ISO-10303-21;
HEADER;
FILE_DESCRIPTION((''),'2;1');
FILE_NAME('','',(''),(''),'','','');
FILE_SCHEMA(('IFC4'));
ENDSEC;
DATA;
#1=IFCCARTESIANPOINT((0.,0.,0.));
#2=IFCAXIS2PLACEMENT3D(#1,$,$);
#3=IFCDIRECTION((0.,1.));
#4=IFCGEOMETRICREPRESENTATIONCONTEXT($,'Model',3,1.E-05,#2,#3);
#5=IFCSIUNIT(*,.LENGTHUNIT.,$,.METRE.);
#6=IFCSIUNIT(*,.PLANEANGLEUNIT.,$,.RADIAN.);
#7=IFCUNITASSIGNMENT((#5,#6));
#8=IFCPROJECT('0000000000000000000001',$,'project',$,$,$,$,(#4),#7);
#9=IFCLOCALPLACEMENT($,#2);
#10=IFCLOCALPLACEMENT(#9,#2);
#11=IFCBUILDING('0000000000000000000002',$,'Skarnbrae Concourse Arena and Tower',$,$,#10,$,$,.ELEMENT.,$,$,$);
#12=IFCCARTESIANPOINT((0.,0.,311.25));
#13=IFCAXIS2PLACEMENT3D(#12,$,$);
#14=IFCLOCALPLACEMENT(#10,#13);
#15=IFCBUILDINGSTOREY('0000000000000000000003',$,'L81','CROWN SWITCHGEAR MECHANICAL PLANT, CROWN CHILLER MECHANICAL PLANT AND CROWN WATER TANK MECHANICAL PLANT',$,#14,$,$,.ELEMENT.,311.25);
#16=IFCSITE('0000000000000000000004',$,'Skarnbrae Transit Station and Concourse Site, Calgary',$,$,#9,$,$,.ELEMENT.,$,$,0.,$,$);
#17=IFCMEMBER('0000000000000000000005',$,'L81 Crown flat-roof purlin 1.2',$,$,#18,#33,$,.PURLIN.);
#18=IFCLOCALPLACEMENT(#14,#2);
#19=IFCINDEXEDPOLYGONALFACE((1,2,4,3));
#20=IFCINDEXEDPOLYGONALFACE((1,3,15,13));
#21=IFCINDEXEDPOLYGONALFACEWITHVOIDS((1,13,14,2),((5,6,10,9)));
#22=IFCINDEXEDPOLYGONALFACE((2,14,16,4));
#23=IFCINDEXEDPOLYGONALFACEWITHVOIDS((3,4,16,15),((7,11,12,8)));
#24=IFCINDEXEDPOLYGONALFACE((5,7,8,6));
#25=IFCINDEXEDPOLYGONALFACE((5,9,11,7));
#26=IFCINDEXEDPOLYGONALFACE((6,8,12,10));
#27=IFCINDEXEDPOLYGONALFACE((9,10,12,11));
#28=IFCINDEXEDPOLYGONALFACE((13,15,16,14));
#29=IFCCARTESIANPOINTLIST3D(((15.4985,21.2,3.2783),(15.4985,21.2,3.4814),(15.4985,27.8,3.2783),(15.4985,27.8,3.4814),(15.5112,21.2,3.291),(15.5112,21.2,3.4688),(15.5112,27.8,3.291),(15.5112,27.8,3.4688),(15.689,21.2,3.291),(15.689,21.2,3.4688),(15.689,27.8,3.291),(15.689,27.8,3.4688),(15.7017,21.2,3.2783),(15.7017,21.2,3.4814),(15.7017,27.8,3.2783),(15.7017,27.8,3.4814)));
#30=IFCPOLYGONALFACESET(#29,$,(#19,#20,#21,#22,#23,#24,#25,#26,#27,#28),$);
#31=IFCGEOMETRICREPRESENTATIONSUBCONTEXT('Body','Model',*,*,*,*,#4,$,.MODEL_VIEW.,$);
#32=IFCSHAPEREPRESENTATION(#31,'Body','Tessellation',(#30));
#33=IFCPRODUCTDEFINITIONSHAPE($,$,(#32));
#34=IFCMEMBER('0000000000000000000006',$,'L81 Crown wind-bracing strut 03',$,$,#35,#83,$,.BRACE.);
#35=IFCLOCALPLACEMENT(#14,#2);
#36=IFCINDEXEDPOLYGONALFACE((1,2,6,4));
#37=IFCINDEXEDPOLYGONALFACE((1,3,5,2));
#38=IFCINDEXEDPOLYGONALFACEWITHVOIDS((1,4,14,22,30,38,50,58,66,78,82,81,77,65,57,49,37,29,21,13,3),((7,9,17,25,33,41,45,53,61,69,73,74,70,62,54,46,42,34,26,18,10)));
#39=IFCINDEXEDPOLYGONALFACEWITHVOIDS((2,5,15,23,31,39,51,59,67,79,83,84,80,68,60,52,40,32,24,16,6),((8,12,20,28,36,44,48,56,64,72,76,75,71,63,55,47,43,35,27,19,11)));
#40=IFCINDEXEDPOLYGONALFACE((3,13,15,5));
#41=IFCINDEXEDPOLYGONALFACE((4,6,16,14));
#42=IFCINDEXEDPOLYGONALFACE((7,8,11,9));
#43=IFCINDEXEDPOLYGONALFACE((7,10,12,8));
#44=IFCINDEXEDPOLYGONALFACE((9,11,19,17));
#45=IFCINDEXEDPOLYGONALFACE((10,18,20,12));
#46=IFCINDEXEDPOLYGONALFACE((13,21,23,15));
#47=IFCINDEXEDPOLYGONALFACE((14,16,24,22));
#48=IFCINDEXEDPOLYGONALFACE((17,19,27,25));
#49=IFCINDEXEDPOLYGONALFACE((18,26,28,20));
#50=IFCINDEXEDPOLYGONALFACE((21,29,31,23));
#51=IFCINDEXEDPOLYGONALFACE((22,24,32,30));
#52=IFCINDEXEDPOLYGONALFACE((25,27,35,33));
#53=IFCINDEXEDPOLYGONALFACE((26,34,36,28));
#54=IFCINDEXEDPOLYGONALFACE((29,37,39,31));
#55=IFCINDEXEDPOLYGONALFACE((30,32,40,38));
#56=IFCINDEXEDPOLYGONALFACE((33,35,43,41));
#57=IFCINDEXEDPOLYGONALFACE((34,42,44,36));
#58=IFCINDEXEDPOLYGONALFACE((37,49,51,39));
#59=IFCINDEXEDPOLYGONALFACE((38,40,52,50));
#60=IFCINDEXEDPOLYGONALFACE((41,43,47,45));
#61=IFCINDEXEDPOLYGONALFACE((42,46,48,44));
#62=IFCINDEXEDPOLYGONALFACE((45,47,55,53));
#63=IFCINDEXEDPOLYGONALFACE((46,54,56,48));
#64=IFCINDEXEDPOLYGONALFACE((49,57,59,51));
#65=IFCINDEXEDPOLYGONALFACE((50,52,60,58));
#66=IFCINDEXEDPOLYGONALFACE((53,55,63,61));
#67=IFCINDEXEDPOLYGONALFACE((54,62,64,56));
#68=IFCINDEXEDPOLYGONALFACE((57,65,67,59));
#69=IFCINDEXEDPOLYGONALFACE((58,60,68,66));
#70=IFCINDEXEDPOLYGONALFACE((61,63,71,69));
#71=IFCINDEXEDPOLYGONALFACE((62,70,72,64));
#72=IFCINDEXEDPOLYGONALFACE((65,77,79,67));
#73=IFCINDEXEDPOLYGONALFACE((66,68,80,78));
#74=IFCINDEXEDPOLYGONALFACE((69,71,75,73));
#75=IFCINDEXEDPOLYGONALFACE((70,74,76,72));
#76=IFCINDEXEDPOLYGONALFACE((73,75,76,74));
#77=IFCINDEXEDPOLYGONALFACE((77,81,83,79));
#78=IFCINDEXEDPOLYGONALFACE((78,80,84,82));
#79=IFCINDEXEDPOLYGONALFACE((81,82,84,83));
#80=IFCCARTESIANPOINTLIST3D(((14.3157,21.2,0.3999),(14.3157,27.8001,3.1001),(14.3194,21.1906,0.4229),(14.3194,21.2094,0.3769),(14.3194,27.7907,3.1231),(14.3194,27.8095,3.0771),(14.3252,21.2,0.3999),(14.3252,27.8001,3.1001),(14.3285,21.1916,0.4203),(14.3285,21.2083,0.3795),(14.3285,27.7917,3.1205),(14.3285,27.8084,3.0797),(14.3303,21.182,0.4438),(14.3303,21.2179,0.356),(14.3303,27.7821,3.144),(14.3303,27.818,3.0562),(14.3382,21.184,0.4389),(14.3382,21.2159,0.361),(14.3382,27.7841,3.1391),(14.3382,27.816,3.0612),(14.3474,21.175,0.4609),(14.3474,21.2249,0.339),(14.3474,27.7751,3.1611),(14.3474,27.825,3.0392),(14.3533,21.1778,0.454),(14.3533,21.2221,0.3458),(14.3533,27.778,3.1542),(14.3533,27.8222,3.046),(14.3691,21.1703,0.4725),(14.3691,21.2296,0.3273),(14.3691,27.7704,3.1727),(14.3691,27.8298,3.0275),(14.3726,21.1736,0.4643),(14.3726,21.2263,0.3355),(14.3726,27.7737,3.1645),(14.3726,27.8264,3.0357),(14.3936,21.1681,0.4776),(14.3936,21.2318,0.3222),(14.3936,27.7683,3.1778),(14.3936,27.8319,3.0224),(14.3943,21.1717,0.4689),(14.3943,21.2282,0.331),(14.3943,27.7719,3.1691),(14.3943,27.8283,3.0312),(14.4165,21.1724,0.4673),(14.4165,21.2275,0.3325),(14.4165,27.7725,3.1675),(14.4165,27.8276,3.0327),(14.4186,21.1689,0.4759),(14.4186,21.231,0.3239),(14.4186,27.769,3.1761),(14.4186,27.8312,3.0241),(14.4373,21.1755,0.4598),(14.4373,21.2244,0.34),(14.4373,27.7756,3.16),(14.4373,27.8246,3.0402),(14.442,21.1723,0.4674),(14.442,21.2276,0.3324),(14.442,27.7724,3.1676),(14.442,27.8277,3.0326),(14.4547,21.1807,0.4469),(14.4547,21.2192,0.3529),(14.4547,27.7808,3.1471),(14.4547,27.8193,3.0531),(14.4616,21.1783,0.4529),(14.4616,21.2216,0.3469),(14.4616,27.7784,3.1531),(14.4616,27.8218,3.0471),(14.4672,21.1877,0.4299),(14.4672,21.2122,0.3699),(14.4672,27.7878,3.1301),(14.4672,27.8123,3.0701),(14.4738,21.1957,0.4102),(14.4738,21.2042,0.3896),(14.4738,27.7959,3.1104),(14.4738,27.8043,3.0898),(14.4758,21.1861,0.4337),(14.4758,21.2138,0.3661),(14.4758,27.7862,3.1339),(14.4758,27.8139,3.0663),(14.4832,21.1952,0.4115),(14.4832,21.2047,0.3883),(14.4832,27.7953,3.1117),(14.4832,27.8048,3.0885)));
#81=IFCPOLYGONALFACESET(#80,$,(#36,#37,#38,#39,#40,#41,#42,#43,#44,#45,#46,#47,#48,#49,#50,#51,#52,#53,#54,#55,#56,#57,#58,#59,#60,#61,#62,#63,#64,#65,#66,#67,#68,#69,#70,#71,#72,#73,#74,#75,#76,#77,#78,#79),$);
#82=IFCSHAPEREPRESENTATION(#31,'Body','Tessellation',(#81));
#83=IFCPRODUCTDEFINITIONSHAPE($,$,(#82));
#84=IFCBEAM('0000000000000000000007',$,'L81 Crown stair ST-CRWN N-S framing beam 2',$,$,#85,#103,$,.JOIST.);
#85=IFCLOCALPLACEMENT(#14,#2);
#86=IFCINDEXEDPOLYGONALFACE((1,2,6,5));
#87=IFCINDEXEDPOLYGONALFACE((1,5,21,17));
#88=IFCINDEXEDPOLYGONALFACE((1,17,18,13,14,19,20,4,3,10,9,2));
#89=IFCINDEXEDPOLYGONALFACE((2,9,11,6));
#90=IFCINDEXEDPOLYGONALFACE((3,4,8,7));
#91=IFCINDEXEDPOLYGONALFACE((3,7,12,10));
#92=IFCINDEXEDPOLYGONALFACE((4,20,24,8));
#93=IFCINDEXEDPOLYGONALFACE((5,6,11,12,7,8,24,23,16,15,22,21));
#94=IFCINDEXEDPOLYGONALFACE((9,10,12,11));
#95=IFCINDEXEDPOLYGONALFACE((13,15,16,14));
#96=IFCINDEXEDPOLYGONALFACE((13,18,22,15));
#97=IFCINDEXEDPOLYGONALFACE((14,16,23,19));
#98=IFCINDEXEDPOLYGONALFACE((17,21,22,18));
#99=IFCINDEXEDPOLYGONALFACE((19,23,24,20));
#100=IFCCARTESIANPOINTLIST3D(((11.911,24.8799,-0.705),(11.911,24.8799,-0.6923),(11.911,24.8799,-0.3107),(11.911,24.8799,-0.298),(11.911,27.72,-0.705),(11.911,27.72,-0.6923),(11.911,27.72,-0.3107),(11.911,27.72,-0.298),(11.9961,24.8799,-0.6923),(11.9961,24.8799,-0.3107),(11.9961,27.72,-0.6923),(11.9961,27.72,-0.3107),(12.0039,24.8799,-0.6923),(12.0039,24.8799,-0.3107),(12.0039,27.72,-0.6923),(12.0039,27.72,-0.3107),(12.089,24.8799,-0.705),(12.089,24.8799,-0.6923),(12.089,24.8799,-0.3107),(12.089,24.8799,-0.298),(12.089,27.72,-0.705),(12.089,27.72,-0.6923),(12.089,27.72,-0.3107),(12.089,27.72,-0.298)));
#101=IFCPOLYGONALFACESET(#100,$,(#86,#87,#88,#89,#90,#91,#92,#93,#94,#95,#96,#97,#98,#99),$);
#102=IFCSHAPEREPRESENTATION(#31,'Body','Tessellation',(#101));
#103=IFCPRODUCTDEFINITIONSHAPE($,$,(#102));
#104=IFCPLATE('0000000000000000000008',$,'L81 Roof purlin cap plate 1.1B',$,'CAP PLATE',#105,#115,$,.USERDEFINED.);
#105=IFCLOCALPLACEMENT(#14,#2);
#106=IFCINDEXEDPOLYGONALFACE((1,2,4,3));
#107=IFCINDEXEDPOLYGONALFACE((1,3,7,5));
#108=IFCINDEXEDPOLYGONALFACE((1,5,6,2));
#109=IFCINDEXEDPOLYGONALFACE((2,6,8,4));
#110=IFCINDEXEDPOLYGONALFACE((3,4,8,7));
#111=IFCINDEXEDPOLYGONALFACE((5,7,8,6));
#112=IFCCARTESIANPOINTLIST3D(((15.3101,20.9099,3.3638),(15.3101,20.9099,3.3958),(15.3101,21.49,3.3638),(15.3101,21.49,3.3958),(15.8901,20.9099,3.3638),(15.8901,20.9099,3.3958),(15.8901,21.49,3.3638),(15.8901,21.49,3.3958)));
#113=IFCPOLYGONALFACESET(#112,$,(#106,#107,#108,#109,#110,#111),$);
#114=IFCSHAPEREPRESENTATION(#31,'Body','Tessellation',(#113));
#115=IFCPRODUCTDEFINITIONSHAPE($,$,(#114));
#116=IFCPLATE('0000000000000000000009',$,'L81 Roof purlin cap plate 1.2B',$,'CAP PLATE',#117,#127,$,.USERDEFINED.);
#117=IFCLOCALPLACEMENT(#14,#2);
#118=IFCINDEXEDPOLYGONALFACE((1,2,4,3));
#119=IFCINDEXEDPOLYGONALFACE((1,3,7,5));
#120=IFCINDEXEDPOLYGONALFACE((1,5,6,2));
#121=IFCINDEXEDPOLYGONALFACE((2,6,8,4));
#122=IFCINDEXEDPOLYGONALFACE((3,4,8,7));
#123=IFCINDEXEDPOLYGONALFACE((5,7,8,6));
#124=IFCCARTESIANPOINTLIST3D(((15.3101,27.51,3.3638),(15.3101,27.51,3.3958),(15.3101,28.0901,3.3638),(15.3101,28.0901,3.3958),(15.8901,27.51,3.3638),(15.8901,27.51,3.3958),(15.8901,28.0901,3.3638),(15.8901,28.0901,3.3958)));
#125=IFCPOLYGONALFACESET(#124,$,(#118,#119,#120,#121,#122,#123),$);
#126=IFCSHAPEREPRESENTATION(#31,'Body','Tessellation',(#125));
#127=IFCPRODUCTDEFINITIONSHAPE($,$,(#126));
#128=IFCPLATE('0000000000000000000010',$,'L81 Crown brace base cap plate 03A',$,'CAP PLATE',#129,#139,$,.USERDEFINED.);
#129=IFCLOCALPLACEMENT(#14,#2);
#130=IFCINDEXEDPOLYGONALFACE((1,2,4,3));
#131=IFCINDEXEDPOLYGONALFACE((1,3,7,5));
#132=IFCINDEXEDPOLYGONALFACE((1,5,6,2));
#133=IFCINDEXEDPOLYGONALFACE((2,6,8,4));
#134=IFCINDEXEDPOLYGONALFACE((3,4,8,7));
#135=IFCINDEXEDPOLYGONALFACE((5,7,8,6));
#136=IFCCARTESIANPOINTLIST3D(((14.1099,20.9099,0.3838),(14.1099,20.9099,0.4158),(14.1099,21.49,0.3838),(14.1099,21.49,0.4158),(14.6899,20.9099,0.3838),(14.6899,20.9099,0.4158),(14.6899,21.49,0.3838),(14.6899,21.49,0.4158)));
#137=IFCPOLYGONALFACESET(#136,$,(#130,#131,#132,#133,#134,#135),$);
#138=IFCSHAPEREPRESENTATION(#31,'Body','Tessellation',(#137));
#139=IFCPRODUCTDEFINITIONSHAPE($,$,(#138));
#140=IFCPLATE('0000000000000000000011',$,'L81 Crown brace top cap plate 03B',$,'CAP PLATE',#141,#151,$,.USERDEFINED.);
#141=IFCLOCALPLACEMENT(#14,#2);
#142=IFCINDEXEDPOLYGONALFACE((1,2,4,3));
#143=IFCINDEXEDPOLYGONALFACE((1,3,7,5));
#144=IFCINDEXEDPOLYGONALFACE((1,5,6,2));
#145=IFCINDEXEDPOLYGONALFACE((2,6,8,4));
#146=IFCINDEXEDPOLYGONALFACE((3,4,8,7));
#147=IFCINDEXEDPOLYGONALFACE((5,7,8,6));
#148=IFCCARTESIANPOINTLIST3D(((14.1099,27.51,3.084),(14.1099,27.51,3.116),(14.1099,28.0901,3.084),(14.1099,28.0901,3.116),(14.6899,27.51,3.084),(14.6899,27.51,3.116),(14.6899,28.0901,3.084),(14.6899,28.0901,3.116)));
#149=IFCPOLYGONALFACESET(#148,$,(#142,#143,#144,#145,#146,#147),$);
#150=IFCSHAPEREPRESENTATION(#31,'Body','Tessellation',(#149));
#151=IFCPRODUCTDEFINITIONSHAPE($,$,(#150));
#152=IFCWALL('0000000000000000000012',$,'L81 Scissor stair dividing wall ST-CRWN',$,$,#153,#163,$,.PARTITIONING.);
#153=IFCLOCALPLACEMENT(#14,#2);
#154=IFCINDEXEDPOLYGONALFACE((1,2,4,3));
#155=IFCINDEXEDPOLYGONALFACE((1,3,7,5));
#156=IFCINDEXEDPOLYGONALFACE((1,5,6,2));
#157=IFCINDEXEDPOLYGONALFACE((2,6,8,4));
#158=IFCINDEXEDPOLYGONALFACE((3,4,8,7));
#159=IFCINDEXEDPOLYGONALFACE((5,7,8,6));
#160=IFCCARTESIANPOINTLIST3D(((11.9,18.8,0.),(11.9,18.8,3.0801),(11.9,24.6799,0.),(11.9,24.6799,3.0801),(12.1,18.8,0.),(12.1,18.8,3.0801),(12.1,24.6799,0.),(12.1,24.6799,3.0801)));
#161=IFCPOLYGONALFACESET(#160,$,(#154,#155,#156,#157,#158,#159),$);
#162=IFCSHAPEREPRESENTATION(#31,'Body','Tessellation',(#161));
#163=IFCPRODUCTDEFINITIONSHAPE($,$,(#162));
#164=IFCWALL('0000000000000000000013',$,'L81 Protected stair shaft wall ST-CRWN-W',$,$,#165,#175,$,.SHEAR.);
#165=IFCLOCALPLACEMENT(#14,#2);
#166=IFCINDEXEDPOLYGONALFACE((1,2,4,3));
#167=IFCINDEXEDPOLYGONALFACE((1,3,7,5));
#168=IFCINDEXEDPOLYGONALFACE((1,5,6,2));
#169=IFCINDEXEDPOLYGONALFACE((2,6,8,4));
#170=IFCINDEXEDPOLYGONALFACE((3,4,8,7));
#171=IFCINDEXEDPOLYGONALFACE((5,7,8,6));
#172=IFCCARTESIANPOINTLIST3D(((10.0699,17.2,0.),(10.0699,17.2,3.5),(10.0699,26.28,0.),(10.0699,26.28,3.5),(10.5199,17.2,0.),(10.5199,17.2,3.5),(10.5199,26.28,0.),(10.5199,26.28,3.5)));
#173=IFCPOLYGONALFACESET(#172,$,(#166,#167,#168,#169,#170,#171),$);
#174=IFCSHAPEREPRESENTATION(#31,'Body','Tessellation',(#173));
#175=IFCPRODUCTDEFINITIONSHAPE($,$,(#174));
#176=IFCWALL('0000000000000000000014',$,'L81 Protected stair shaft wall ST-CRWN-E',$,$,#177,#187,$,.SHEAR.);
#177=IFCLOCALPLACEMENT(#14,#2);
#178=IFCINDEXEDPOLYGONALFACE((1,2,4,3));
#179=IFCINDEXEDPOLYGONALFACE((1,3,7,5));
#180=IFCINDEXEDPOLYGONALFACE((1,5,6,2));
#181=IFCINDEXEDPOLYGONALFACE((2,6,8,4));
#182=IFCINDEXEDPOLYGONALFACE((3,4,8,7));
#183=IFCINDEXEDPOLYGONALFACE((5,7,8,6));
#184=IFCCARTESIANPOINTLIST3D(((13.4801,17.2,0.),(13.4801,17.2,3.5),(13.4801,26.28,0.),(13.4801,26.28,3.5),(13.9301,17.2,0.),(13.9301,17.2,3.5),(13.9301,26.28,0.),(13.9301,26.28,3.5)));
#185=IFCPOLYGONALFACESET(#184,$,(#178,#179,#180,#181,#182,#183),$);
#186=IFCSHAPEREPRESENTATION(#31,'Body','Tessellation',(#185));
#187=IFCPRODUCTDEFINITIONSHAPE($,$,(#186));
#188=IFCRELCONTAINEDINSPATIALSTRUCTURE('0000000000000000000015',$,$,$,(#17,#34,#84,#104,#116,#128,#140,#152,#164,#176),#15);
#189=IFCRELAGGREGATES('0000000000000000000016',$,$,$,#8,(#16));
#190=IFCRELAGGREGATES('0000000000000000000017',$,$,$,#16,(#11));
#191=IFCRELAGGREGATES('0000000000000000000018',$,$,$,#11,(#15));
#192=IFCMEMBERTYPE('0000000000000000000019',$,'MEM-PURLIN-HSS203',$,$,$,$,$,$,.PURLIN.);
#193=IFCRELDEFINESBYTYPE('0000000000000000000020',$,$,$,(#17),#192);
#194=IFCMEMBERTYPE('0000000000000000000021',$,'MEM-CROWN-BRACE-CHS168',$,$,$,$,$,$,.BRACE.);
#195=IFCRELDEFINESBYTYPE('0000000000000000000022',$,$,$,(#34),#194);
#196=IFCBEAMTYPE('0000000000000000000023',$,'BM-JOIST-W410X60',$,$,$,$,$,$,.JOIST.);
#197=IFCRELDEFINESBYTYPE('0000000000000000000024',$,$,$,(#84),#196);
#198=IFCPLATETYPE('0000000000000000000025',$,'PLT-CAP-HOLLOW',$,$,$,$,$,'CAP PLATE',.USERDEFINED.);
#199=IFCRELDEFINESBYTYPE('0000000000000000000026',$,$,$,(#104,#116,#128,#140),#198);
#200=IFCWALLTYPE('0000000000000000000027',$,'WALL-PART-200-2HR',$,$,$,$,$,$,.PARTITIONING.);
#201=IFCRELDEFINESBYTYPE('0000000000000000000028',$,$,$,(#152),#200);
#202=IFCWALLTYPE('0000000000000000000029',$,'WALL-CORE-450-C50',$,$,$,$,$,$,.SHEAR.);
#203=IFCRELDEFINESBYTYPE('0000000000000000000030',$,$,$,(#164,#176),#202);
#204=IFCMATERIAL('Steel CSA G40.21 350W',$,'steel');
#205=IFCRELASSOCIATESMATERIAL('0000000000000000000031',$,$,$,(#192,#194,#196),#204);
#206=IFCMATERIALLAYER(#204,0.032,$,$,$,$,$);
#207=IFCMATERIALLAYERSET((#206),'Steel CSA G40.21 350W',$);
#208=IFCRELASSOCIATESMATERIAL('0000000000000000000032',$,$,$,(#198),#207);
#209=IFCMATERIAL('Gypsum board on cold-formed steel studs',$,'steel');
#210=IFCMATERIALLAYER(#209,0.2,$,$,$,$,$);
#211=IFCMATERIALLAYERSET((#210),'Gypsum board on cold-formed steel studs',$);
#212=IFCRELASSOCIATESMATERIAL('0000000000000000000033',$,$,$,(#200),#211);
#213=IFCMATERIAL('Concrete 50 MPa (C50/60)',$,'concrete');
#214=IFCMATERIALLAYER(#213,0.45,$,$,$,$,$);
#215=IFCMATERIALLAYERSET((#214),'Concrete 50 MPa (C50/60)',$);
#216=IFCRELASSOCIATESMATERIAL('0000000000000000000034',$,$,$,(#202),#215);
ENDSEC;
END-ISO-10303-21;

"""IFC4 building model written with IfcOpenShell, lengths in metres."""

from ifc_helpers import new_model, si_unit, direction, frame, frame_2d, origin, origin_2d, place, context, subcontext, project, spatial, rectangle, hollow_rectangle, hollow_circle, i_section, extrude, source, transform, mapped, material, layer, layer_set, material_profile, profile_set, type_object, element, save


model = new_model("IFC4")

# Units and contexts
model_context = context("Model", 3, precision=1e-05, world=origin(), true_north=direction((0.0, 1.0)))
body_context = subcontext(model_context, "Body", "Model", "MODEL_VIEW")
ifc_project = project(units=[si_unit("LENGTHUNIT", "METRE"), si_unit("PLANEANGLEUNIT", "RADIAN")], contexts=[model_context])

# Site, building, storey
site_placement = place(None, origin())
site = spatial("IfcSite", under=ifc_project, at=site_placement, Name="Skarnbrae Transit Station and Concourse Site, Calgary", CompositionType="ELEMENT", RefElevation=0.0)
building_placement = place(site_placement, origin())
building = spatial("IfcBuilding", under=site, at=building_placement, Name="Skarnbrae Concourse Arena and Tower", CompositionType="ELEMENT")
storey_placement = place(building_placement, frame((0.0, 0.0, 311.25)))
storey = spatial("IfcBuildingStorey", under=building, at=storey_placement, Name="L81", Description="CROWN SWITCHGEAR MECHANICAL PLANT, CROWN CHILLER MECHANICAL PLANT AND CROWN WATER TANK MECHANICAL PLANT", CompositionType="ELEMENT", Elevation=311.25)

# Shared definitions
ifc_material_1 = material(Name="Steel CSA G40.21 350W", Category="steel")

# Members
ifc_material_profile_1 = material_profile(ifc_material_1, hollow_rectangle(XDim=0.2031, YDim=0.2031, WallThickness=0.0127, at=origin_2d()), Name="HSS203X203X12.7")
ifc_profile_set_1 = profile_set([ifc_material_profile_1], Name="Steel CSA G40.21 350W")
member_type_1 = type_object("IfcMemberType", Name="MEM-PURLIN-HSS203", PredefinedType="PURLIN", material=ifc_profile_set_1)
shared_shape_1 = source(origin(), body_context, "Body", "SweptSolid", [
    extrude(hollow_rectangle(XDim=0.2031, YDim=0.2031, WallThickness=0.0127, at=origin_2d()), origin(), (0.0, 0.0, 1.0), 6.6001),
])
member_1_placement = place(storey_placement, frame((15.6001, 21.2, 3.3799), z_axis=(0.0, 1.0, 0.0), x_axis=(-1.0, 0.0, 0.0)))
element("IfcMember", 1, at=member_1_placement, inside=storey, type_object=member_type_1, Name="L81 Crown flat-roof purlin 1.2", PredefinedType="PURLIN", context=body_context, shape_type="MappedRepresentation", body=[
    mapped(shared_shape_1, transform((0.0, 0.0, 0.0))),
])
ifc_material_profile_2 = material_profile(ifc_material_1, hollow_circle(Radius=0.0842, WallThickness=0.0095, at=origin_2d()), Name="HSS168X9.5")
ifc_profile_set_2 = profile_set([ifc_material_profile_2], Name="Steel CSA G40.21 350W")
member_type_2 = type_object("IfcMemberType", Name="MEM-CROWN-BRACE-CHS168", PredefinedType="BRACE", material=ifc_profile_set_2)
shared_shape_2 = source(origin(), body_context, "Body", "SweptSolid", [
    extrude(hollow_circle(Radius=0.0842, WallThickness=0.0095, at=origin_2d()), origin(), (0.0, 0.0, 1.0), 7.1311),
])
member_2_placement = place(storey_placement, frame((14.3999, 21.2, 0.3999), z_axis=(0.0, 0.925539, 0.378652), x_axis=(-1.0, 0.0, 0.0)))
element("IfcMember", 2, at=member_2_placement, inside=storey, type_object=member_type_2, Name="L81 Crown wind-bracing strut 03", PredefinedType="BRACE", context=body_context, shape_type="MappedRepresentation", body=[
    mapped(shared_shape_2, transform((0.0, 0.0, 0.0))),
])

# Beam
ifc_material_profile_3 = material_profile(ifc_material_1, i_section(OverallWidth=0.178, OverallDepth=0.407, WebThickness=0.0078, FlangeThickness=0.0127, at=origin_2d()), Name="W410X60")
ifc_profile_set_3 = profile_set([ifc_material_profile_3], Name="Steel CSA G40.21 350W")
beam_type_1 = type_object("IfcBeamType", Name="BM-JOIST-W410X60", PredefinedType="JOIST", material=ifc_profile_set_3)
shared_shape_3 = source(origin(), body_context, "Body", "SweptSolid", [
    extrude(i_section(OverallWidth=0.178, OverallDepth=0.407, WebThickness=0.0078, FlangeThickness=0.0127, at=origin_2d()), origin(), (0.0, 0.0, 1.0), 2.8401),
])
beam_1_placement = place(storey_placement, frame((12.0, 24.8799, -0.5015), z_axis=(0.0, 1.0, 0.0), x_axis=(-1.0, 0.0, 0.0)))
element("IfcBeam", 3, at=beam_1_placement, inside=storey, type_object=beam_type_1, Name="L81 Crown stair ST-CRWN N-S framing beam 2", PredefinedType="JOIST", context=body_context, shape_type="MappedRepresentation", body=[
    mapped(shared_shape_3, transform((0.0, 0.0, 0.0))),
])

# Plates
ifc_layer_1 = layer(ifc_material_1, 0.032)
ifc_layer_set_1 = layer_set([ifc_layer_1], Name="Steel CSA G40.21 350W")
plate_type = type_object("IfcPlateType", Name="PLT-CAP-HOLLOW", ElementType="CAP PLATE", PredefinedType="USERDEFINED", material=ifc_layer_set_1)
shared_shape_4 = source(origin(), body_context, "Body", "SweptSolid", [
    extrude(rectangle(XDim=0.5801, YDim=0.5801, at=origin_2d()), origin(), (0.0, 0.0, 1.0), 0.032),
])
for number, where, z_axis, x_axis, name in (
    (4, (15.6001, 21.2, 3.3638), (0.0, 0.0, 1.0), (1.0, 0.0, 0.0), "L81 Roof purlin cap plate 1.1B"),
    (5, (15.6001, 27.8, 3.3638), (0.0, 0.0, 1.0), (1.0, 0.0, 0.0), "L81 Roof purlin cap plate 1.2B"),
    (6, (14.3999, 21.2, 0.3838), (0.0, 0.0, 1.0), (1.0, 0.0, 0.0), "L81 Crown brace base cap plate 03A"),
    (7, (14.3999, 27.8, 3.084), (0.0, 0.0, 1.0), (1.0, 0.0, 0.0), "L81 Crown brace top cap plate 03B"),
):
    element("IfcPlate", number, at=place(storey_placement, frame(where, z_axis=z_axis, x_axis=x_axis)), inside=storey, type_object=plate_type, Name=name, ObjectType="CAP PLATE", PredefinedType="USERDEFINED", context=body_context, shape_type="MappedRepresentation", body=[
        mapped(shared_shape_4, transform((0.0, 0.0, 0.0))),
    ])

# Walls
ifc_material_2 = material(Name="Gypsum board on cold-formed steel studs", Category="steel")
ifc_layer_2 = layer(ifc_material_2, 0.2)
ifc_layer_set_2 = layer_set([ifc_layer_2], Name="Gypsum board on cold-formed steel studs")
wall_type_1 = type_object("IfcWallType", Name="WALL-PART-200-2HR", PredefinedType="PARTITIONING", material=ifc_layer_set_2)
shared_shape_5 = source(origin(), body_context, "Body", "SweptSolid", [
    extrude(rectangle(XDim=5.8799, YDim=0.2, at=frame_2d((2.9399, 0.0))), origin(), (0.0, 0.0, 1.0), 3.0801),
])
wall_1_placement = place(storey_placement, frame((12.0, 18.8, 0.0), z_axis=(0.0, 0.0, 1.0), x_axis=(0.0, 1.0, 0.0)))
element("IfcWall", 8, at=wall_1_placement, inside=storey, type_object=wall_type_1, Name="L81 Scissor stair dividing wall ST-CRWN", PredefinedType="PARTITIONING", context=body_context, shape_type="MappedRepresentation", body=[
    mapped(shared_shape_5, transform((0.0, 0.0, 0.0))),
])
ifc_material_3 = material(Name="Concrete 50 MPa (C50/60)", Category="concrete")
ifc_layer_3 = layer(ifc_material_3, 0.45)
ifc_layer_set_3 = layer_set([ifc_layer_3], Name="Concrete 50 MPa (C50/60)")
wall_type_2 = type_object("IfcWallType", Name="WALL-CORE-450-C50", PredefinedType="SHEAR", material=ifc_layer_set_3)
shared_shape_6 = source(origin(), body_context, "Body", "SweptSolid", [
    extrude(rectangle(XDim=9.0801, YDim=0.45, at=frame_2d((4.54, 0.0))), origin(), (0.0, 0.0, 1.0), 3.5),
])
for number, where, z_axis, x_axis, name in (
    (9, (10.2949, 17.2, 0.0), (0.0, 0.0, 1.0), (0.0, 1.0, 0.0), "L81 Protected stair shaft wall ST-CRWN-W"),
    (10, (13.7051, 17.2, 0.0), (0.0, 0.0, 1.0), (0.0, 1.0, 0.0), "L81 Protected stair shaft wall ST-CRWN-E"),
):
    element("IfcWall", number, at=place(storey_placement, frame(where, z_axis=z_axis, x_axis=x_axis)), inside=storey, type_object=wall_type_2, Name=name, PredefinedType="SHEAR", context=body_context, shape_type="MappedRepresentation", body=[
        mapped(shared_shape_6, transform((0.0, 0.0, 0.0))),
    ])

save(model, "model.ifc")
